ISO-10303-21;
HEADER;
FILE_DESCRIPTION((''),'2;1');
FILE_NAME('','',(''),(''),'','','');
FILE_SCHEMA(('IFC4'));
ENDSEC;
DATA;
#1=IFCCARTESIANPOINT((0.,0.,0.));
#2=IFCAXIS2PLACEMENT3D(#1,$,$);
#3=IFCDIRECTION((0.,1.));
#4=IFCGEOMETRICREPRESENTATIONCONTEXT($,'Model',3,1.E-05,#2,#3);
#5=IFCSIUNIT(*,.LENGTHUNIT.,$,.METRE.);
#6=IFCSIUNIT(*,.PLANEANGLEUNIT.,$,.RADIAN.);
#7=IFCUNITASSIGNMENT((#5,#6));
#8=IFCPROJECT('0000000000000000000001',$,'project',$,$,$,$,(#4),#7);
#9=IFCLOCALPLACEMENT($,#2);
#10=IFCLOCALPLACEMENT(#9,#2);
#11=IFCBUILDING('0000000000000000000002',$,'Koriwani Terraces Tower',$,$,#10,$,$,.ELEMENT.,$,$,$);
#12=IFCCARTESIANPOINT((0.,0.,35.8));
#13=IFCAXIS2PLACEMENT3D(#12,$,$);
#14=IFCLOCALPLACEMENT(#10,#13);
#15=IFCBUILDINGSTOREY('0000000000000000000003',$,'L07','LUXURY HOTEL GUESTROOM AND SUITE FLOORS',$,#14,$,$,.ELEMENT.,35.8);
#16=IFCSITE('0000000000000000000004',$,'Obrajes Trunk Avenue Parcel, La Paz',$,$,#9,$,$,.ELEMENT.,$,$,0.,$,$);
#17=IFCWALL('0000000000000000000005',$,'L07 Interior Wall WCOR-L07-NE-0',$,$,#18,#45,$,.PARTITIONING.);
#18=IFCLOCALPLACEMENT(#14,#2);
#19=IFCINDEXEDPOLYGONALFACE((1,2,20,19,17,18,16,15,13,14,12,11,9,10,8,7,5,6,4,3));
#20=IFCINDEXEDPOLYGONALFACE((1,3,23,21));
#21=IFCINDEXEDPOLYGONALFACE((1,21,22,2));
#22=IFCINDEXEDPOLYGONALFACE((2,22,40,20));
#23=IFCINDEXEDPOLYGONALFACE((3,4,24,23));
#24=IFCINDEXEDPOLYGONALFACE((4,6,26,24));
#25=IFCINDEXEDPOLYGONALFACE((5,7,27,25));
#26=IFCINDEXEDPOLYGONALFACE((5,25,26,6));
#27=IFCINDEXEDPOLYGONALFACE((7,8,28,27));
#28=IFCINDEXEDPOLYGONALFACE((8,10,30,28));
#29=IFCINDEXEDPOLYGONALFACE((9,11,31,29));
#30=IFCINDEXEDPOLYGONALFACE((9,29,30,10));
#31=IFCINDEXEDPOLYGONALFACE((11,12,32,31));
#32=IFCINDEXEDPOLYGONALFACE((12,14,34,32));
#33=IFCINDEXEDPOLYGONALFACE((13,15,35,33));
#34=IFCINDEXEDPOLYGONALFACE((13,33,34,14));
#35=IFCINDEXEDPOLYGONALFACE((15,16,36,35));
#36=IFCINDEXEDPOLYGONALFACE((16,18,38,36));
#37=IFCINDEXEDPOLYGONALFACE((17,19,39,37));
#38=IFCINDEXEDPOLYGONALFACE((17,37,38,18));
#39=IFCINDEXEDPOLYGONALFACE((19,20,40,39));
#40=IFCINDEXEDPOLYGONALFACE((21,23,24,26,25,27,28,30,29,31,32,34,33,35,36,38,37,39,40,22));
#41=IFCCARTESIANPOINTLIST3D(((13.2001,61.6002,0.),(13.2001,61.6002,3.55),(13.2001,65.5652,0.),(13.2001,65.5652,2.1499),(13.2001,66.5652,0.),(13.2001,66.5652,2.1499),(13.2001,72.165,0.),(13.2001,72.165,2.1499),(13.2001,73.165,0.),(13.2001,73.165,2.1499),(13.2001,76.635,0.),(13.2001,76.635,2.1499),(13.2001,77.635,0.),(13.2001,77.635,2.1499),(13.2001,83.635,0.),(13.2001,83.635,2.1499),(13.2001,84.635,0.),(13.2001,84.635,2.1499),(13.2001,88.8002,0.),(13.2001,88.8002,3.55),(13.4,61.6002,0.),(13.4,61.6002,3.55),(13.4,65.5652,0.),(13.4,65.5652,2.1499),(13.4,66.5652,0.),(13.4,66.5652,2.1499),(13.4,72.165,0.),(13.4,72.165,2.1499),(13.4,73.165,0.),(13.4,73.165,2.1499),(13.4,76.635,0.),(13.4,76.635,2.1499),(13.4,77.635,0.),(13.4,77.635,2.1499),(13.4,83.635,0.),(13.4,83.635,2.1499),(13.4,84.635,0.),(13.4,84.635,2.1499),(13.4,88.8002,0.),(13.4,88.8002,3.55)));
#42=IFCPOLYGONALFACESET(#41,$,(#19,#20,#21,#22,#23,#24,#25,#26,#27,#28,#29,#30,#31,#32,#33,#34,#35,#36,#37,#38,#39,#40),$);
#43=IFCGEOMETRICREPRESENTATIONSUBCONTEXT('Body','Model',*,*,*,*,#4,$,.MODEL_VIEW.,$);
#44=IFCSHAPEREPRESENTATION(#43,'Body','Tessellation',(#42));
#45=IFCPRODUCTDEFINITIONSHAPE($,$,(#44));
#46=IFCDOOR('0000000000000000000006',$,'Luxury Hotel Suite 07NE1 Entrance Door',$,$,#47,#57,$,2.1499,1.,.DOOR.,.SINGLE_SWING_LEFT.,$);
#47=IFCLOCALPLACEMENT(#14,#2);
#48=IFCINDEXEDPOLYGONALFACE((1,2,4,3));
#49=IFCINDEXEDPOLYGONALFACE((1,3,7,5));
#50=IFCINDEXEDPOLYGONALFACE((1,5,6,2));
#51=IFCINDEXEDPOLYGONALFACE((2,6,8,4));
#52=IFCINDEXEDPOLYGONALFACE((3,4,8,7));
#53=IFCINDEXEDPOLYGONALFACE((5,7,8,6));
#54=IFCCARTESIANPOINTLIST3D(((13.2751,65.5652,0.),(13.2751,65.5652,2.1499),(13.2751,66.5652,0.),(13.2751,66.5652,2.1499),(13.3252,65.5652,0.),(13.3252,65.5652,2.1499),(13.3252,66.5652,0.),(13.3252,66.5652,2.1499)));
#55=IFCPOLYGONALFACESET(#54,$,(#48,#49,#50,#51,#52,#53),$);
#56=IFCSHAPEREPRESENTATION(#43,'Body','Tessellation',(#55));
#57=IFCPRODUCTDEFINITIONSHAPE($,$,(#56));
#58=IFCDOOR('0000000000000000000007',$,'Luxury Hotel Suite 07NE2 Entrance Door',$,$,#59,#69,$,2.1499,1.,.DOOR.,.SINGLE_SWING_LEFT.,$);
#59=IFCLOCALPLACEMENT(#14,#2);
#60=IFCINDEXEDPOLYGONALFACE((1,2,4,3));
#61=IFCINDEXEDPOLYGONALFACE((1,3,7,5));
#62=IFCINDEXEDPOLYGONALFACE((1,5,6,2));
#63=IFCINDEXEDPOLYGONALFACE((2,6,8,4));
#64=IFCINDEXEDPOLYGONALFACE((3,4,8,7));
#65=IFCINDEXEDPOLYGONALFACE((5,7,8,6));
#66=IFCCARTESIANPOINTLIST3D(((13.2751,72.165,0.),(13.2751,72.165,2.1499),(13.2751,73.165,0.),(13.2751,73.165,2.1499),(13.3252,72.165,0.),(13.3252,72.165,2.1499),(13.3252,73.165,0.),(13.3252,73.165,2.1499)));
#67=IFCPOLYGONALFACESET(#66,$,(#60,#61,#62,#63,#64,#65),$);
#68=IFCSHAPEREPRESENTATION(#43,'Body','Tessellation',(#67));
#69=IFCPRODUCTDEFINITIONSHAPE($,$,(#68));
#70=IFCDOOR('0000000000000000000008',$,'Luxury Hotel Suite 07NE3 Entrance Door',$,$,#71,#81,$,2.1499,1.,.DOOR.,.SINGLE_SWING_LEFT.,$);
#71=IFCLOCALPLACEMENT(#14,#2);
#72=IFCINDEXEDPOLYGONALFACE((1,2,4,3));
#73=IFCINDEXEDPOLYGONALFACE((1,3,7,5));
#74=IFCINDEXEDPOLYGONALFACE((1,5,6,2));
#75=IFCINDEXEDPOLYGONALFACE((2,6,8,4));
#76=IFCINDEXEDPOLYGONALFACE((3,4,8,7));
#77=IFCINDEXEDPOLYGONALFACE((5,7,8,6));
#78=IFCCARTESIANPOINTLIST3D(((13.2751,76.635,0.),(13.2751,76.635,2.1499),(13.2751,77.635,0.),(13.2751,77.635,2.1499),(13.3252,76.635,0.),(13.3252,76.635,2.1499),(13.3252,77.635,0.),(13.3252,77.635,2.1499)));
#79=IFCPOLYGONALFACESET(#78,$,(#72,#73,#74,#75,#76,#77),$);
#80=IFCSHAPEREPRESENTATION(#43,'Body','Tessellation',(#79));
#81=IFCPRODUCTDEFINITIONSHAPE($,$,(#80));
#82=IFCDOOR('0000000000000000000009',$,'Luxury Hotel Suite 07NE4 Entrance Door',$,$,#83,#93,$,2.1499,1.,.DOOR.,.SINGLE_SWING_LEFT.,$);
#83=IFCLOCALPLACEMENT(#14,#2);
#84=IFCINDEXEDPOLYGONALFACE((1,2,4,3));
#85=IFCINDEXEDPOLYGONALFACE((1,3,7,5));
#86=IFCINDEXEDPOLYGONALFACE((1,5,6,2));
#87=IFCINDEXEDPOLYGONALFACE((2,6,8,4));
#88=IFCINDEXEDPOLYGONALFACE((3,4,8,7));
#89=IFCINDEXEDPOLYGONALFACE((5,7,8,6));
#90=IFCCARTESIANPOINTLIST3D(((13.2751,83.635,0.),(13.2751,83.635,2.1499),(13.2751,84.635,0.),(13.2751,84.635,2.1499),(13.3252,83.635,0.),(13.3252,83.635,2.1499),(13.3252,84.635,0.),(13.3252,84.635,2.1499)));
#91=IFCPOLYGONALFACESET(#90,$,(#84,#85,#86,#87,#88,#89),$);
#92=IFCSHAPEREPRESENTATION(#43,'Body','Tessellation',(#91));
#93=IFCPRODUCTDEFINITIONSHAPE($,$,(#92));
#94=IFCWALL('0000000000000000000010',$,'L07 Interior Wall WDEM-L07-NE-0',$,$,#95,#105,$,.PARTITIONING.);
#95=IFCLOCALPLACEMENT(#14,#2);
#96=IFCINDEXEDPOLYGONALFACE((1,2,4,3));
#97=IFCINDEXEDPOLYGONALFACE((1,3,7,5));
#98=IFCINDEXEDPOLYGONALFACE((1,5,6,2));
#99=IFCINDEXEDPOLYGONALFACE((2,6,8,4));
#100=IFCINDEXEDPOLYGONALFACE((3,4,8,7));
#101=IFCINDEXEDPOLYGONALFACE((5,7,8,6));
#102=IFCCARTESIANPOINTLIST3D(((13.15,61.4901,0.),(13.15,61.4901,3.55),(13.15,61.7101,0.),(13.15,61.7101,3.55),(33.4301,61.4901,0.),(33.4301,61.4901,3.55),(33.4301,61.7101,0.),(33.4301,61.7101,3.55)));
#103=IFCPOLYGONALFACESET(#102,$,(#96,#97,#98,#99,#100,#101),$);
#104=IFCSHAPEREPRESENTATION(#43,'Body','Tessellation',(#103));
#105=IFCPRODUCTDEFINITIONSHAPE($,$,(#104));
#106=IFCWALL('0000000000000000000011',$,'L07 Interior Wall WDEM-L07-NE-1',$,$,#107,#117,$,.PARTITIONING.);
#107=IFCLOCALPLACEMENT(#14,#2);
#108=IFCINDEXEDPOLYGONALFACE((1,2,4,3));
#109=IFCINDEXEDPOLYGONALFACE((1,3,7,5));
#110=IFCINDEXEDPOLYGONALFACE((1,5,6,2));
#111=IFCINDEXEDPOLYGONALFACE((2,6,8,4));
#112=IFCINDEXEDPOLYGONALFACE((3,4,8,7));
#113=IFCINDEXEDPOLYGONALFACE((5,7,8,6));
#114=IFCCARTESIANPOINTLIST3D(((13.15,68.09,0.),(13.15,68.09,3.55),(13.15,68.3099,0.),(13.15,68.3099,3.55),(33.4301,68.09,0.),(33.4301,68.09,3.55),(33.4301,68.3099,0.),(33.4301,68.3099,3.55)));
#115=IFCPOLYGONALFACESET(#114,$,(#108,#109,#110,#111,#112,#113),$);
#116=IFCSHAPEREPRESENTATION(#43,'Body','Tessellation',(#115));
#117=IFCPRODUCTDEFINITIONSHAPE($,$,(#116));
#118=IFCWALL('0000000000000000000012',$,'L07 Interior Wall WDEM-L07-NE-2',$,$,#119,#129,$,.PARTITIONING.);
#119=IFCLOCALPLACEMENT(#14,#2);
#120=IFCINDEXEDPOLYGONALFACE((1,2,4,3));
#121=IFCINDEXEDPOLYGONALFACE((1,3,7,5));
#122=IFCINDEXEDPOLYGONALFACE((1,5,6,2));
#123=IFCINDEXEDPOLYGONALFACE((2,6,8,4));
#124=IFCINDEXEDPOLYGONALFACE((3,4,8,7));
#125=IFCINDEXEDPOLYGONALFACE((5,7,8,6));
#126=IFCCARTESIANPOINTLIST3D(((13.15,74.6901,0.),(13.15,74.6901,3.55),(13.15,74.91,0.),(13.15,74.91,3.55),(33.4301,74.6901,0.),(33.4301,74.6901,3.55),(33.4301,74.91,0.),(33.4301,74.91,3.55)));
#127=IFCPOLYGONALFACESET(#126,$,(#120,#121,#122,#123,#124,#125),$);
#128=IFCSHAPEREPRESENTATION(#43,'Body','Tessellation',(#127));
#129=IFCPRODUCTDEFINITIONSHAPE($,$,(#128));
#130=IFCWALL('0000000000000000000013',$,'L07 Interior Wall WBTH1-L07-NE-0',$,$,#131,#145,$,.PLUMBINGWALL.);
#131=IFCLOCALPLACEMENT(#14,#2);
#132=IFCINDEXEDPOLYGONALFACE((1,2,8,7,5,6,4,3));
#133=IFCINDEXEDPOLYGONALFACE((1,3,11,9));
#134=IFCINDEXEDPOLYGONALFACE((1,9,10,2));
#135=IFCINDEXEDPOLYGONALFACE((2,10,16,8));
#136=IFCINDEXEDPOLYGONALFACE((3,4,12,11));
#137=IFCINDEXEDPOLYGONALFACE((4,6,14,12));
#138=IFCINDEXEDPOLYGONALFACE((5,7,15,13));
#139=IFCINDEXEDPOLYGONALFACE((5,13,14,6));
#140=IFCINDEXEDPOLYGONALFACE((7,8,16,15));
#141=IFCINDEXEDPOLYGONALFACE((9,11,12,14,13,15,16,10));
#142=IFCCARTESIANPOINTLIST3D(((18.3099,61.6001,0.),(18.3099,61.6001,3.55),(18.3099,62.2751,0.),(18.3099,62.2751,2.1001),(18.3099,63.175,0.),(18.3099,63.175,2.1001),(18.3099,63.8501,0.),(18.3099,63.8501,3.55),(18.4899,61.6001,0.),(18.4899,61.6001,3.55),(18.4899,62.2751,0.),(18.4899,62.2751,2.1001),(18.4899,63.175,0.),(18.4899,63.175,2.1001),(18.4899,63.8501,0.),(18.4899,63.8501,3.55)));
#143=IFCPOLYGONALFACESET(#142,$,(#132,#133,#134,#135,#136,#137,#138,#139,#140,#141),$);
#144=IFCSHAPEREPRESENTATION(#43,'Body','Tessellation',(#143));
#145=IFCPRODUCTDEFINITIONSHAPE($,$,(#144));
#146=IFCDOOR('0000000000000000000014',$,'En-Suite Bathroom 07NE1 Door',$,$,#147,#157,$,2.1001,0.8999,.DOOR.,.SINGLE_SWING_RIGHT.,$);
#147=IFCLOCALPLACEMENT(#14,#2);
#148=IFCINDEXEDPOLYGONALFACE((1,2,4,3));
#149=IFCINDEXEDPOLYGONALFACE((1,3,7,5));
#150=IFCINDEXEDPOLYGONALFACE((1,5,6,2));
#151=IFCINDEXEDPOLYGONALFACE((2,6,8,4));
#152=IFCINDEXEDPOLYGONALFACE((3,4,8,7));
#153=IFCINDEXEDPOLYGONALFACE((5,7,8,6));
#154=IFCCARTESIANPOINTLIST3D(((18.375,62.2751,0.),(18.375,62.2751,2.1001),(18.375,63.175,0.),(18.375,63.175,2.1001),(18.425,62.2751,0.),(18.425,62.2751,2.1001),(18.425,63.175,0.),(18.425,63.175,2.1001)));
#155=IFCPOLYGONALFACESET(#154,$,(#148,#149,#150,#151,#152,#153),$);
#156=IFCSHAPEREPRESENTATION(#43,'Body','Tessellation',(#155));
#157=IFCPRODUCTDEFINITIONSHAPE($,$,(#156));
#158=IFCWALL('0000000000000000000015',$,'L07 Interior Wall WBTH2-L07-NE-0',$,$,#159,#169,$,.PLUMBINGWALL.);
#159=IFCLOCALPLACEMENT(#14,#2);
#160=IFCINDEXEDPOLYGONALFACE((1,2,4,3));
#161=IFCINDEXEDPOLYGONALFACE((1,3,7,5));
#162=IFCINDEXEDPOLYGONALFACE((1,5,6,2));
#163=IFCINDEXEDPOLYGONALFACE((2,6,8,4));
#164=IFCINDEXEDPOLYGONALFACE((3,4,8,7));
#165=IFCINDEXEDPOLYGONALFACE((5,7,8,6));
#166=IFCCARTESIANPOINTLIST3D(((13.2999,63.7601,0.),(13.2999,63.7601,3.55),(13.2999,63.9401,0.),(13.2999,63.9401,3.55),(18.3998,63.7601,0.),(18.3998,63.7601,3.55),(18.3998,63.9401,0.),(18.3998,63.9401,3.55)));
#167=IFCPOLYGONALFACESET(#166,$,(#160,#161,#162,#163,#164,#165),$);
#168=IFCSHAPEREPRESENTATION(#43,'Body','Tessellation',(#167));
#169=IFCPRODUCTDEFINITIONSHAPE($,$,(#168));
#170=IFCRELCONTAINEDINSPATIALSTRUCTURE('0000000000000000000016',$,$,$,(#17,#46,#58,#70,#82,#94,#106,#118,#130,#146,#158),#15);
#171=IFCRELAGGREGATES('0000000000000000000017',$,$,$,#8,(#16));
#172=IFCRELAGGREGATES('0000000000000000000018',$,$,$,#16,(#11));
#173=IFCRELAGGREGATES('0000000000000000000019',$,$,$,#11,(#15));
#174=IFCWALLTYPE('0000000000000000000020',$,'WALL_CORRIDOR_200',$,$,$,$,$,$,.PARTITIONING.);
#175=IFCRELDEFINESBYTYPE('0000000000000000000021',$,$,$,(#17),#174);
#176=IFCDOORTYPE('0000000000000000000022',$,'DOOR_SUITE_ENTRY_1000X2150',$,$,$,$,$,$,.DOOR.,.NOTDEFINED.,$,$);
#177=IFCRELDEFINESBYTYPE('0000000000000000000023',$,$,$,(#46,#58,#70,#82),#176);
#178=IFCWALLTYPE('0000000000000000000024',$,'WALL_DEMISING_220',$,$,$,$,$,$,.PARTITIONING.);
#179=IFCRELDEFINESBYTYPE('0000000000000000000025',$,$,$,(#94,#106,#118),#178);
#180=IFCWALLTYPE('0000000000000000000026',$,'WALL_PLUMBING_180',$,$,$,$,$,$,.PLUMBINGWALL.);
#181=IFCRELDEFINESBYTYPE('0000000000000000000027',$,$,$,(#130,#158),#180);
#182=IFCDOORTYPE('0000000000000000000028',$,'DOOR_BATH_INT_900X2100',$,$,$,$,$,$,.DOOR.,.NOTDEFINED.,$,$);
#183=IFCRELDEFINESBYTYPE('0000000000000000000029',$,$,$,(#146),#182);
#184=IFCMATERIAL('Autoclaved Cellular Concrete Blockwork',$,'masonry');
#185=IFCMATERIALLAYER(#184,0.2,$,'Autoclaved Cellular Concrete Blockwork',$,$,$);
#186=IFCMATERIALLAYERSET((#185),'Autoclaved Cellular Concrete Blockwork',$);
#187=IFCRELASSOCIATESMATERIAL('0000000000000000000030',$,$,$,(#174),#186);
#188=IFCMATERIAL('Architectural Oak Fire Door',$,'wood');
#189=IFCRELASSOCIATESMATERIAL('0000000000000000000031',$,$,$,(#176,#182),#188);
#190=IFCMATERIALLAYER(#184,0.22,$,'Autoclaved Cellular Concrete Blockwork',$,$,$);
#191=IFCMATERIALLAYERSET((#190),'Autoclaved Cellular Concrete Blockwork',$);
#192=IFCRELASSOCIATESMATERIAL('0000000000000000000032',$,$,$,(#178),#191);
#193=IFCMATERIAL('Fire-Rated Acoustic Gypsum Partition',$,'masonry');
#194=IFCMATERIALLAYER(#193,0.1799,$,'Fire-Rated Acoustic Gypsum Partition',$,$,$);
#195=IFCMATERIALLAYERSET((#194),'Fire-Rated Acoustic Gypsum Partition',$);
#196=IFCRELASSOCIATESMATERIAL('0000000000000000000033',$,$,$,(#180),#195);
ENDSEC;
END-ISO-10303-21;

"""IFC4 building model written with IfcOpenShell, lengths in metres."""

from ifc_helpers import new_model, si_unit, direction, frame, frame_2d, origin, place, context, subcontext, project, spatial, rectangle, extrude, material, layer, layer_set, type_object, element, fill, save


model = new_model("IFC4")

# Units and contexts
model_context = context("Model", 3, precision=1e-05, world=origin(), true_north=direction((0.0, 1.0)))
body_context = subcontext(model_context, "Body", "Model", "MODEL_VIEW")
ifc_project = project(units=[si_unit("LENGTHUNIT", "METRE"), si_unit("PLANEANGLEUNIT", "RADIAN")], contexts=[model_context])

# Site, building, storey
site_placement = place(None, origin())
site = spatial("IfcSite", under=ifc_project, at=site_placement, Name="Obrajes Trunk Avenue Parcel, La Paz", CompositionType="ELEMENT", RefElevation=0.0)
building_placement = place(site_placement, origin())
building = spatial("IfcBuilding", under=site, at=building_placement, Name="Koriwani Terraces Tower", CompositionType="ELEMENT")
storey_placement = place(building_placement, frame((0.0, 0.0, 35.8)))
storey = spatial("IfcBuildingStorey", under=building, at=storey_placement, Name="L07", Description="LUXURY HOTEL GUESTROOM AND SUITE FLOORS", CompositionType="ELEMENT", Elevation=35.8)

# Wall, openings, doors
ifc_material_1 = material(Name="Autoclaved Cellular Concrete Blockwork", Category="masonry")
ifc_layer_1 = layer(ifc_material_1, 0.2, Name="Autoclaved Cellular Concrete Blockwork")
ifc_layer_set_1 = layer_set([ifc_layer_1], Name="Autoclaved Cellular Concrete Blockwork")
wall_type_1 = type_object("IfcWallType", Name="WALL_CORRIDOR_200", PredefinedType="PARTITIONING", material=ifc_layer_set_1)
wall_1_placement = place(storey_placement, frame((13.3, 61.6001, 0.0), z_axis=(0.0, 0.0, 1.0), x_axis=(0.0, 1.0, 0.0)))
wall_1 = element("IfcWall", 1, at=wall_1_placement, inside=storey, type_object=wall_type_1, Name="L07 Interior Wall WCOR-L07-NE-0", PredefinedType="PARTITIONING", context=body_context, shape_type="SweptSolid", body=[
    extrude(rectangle(XDim=27.2, YDim=0.2, at=frame_2d((13.6001, 0.0))), origin(), (0.0, 0.0, 1.0), 3.55),
])
opening_1_placement = place(wall_1_placement, frame((3.9651, 0.0, 0.0)))
opening_1 = element("IfcOpeningElement", 2, at=opening_1_placement, cuts=wall_1, PredefinedType="OPENING", context=body_context, shape_type="SweptSolid", body=[
    extrude(rectangle(XDim=1.0, YDim=2.1499, at=frame_2d((0.5, 1.075))), frame((0.0, 0.1099, 0.0), z_axis=(0.0, -1.0, 0.0), x_axis=(1.0, 0.0, 0.0)), (0.0, 0.0, 1.0), 0.22),
])
opening_2_placement = place(wall_1_placement, frame((10.5649, 0.0, 0.0)))
opening_2 = element("IfcOpeningElement", 3, at=opening_2_placement, cuts=wall_1, PredefinedType="OPENING", context=body_context, shape_type="SweptSolid", body=[
    extrude(rectangle(XDim=1.0, YDim=2.1499, at=frame_2d((0.5, 1.075))), frame((0.0, 0.1099, 0.0), z_axis=(0.0, -1.0, 0.0), x_axis=(1.0, 0.0, 0.0)), (0.0, 0.0, 1.0), 0.22),
])
opening_3_placement = place(wall_1_placement, frame((15.0349, 0.0, 0.0)))
opening_3 = element("IfcOpeningElement", 4, at=opening_3_placement, cuts=wall_1, PredefinedType="OPENING", context=body_context, shape_type="SweptSolid", body=[
    extrude(rectangle(XDim=1.0, YDim=2.1499, at=frame_2d((0.5, 1.075))), frame((0.0, 0.1099, 0.0), z_axis=(0.0, -1.0, 0.0), x_axis=(1.0, 0.0, 0.0)), (0.0, 0.0, 1.0), 0.22),
])
opening_4_placement = place(wall_1_placement, frame((22.0349, 0.0, 0.0)))
opening_4 = element("IfcOpeningElement", 5, at=opening_4_placement, cuts=wall_1, PredefinedType="OPENING", context=body_context, shape_type="SweptSolid", body=[
    extrude(rectangle(XDim=1.0, YDim=2.1499, at=frame_2d((0.5, 1.075))), frame((0.0, 0.1099, 0.0), z_axis=(0.0, -1.0, 0.0), x_axis=(1.0, 0.0, 0.0)), (0.0, 0.0, 1.0), 0.22),
])
ifc_material_2 = material(Name="Architectural Oak Fire Door", Category="wood")
door_type_1 = type_object("IfcDoorType", Name="DOOR_SUITE_ENTRY_1000X2150", OperationType="NOTDEFINED", PredefinedType="DOOR", material=ifc_material_2)
door_1_placement = place(opening_1_placement, origin())
door_1 = element("IfcDoor", 6, at=door_1_placement, inside=storey, type_object=door_type_1, Name="Luxury Hotel Suite 07NE1 Entrance Door", OperationType="SINGLE_SWING_LEFT", OverallHeight=2.1499, OverallWidth=1.0, PredefinedType="DOOR", context=body_context, shape_type="SweptSolid", body=[
    extrude(rectangle(XDim=1.0, YDim=2.1499, at=frame_2d((0.5, 1.075))), frame((0.0, 0.0249, 0.0), z_axis=(0.0, -1.0, 0.0), x_axis=(1.0, 0.0, 0.0)), (0.0, 0.0, 1.0), 0.05),
])
fill(opening_1, door_1)
door_2_placement = place(opening_2_placement, origin())
door_2 = element("IfcDoor", 7, at=door_2_placement, inside=storey, type_object=door_type_1, Name="Luxury Hotel Suite 07NE2 Entrance Door", OperationType="SINGLE_SWING_LEFT", OverallHeight=2.1499, OverallWidth=1.0, PredefinedType="DOOR", context=body_context, shape_type="SweptSolid", body=[
    extrude(rectangle(XDim=1.0, YDim=2.1499, at=frame_2d((0.5, 1.075))), frame((0.0, 0.0249, 0.0), z_axis=(0.0, -1.0, 0.0), x_axis=(1.0, 0.0, 0.0)), (0.0, 0.0, 1.0), 0.05),
])
fill(opening_2, door_2)
door_3_placement = place(opening_3_placement, origin())
door_3 = element("IfcDoor", 8, at=door_3_placement, inside=storey, type_object=door_type_1, Name="Luxury Hotel Suite 07NE3 Entrance Door", OperationType="SINGLE_SWING_LEFT", OverallHeight=2.1499, OverallWidth=1.0, PredefinedType="DOOR", context=body_context, shape_type="SweptSolid", body=[
    extrude(rectangle(XDim=1.0, YDim=2.1499, at=frame_2d((0.5, 1.075))), frame((0.0, 0.0249, 0.0), z_axis=(0.0, -1.0, 0.0), x_axis=(1.0, 0.0, 0.0)), (0.0, 0.0, 1.0), 0.05),
])
fill(opening_3, door_3)
door_4_placement = place(opening_4_placement, origin())
door_4 = element("IfcDoor", 9, at=door_4_placement, inside=storey, type_object=door_type_1, Name="Luxury Hotel Suite 07NE4 Entrance Door", OperationType="SINGLE_SWING_LEFT", OverallHeight=2.1499, OverallWidth=1.0, PredefinedType="DOOR", context=body_context, shape_type="SweptSolid", body=[
    extrude(rectangle(XDim=1.0, YDim=2.1499, at=frame_2d((0.5, 1.075))), frame((0.0, 0.0249, 0.0), z_axis=(0.0, -1.0, 0.0), x_axis=(1.0, 0.0, 0.0)), (0.0, 0.0, 1.0), 0.05),
])
fill(opening_4, door_4)

# Walls
ifc_layer_2 = layer(ifc_material_1, 0.22, Name="Autoclaved Cellular Concrete Blockwork")
ifc_layer_set_2 = layer_set([ifc_layer_2], Name="Autoclaved Cellular Concrete Blockwork")
wall_type_2 = type_object("IfcWallType", Name="WALL_DEMISING_220", PredefinedType="PARTITIONING", material=ifc_layer_set_2)
for number, where, z_axis, x_axis, name in (
    (10, (13.1499, 61.6001, 0.0), (0.0, 0.0, 1.0), (1.0, 0.0, 0.0), "L07 Interior Wall WDEM-L07-NE-0"),
    (11, (13.1499, 68.2, 0.0), (0.0, 0.0, 1.0), (1.0, 0.0, 0.0), "L07 Interior Wall WDEM-L07-NE-1"),
    (12, (13.1499, 74.8, 0.0), (0.0, 0.0, 1.0), (1.0, 0.0, 0.0), "L07 Interior Wall WDEM-L07-NE-2"),
):
    element("IfcWall", number, at=place(storey_placement, frame(where, z_axis=z_axis, x_axis=x_axis)), inside=storey, type_object=wall_type_2, Name=name, PredefinedType="PARTITIONING", context=body_context, shape_type="SweptSolid", body=[
        extrude(rectangle(XDim=20.28, YDim=0.22, at=frame_2d((10.1401, 0.0))), origin(), (0.0, 0.0, 1.0), 3.55),
    ])

# Wall, opening, door
ifc_material_3 = material(Name="Fire-Rated Acoustic Gypsum Partition", Category="masonry")
ifc_layer_3 = layer(ifc_material_3, 0.1799, Name="Fire-Rated Acoustic Gypsum Partition")
ifc_layer_set_3 = layer_set([ifc_layer_3], Name="Fire-Rated Acoustic Gypsum Partition")
wall_type_3 = type_object("IfcWallType", Name="WALL_PLUMBING_180", PredefinedType="PLUMBINGWALL", material=ifc_layer_set_3)
wall_2_placement = place(storey_placement, frame((18.3999, 61.6001, 0.0), z_axis=(0.0, 0.0, 1.0), x_axis=(0.0, 1.0, 0.0)))
wall_2 = element("IfcWall", 13, at=wall_2_placement, inside=storey, type_object=wall_type_3, Name="L07 Interior Wall WBTH1-L07-NE-0", PredefinedType="PLUMBINGWALL", context=body_context, shape_type="SweptSolid", body=[
    extrude(rectangle(XDim=2.25, YDim=0.1799, at=frame_2d((1.125, 0.0))), origin(), (0.0, 0.0, 1.0), 3.55),
])
opening_5_placement = place(wall_2_placement, frame((0.675, 0.0, 0.0)))
opening_5 = element("IfcOpeningElement", 14, at=opening_5_placement, cuts=wall_2, PredefinedType="OPENING", context=body_context, shape_type="SweptSolid", body=[
    extrude(rectangle(XDim=0.8999, YDim=2.1001, at=frame_2d((0.45, 1.05))), frame((0.0, 0.1001, 0.0), z_axis=(0.0, -1.0, 0.0), x_axis=(1.0, 0.0, 0.0)), (0.0, 0.0, 1.0), 0.2),
])
door_type_2 = type_object("IfcDoorType", Name="DOOR_BATH_INT_900X2100", OperationType="NOTDEFINED", PredefinedType="DOOR", material=ifc_material_2)
door_5_placement = place(opening_5_placement, origin())
door_5 = element("IfcDoor", 15, at=door_5_placement, inside=storey, type_object=door_type_2, Name="En-Suite Bathroom 07NE1 Door", OperationType="SINGLE_SWING_RIGHT", OverallHeight=2.1001, OverallWidth=0.8999, PredefinedType="DOOR", context=body_context, shape_type="SweptSolid", body=[
    extrude(rectangle(XDim=0.8999, YDim=2.1001, at=frame_2d((0.45, 1.05))), frame((0.0, 0.0249, 0.0), z_axis=(0.0, -1.0, 0.0), x_axis=(1.0, 0.0, 0.0)), (0.0, 0.0, 1.0), 0.05),
])
fill(opening_5, door_5)

# Wall
wall_3_placement = place(storey_placement, frame((13.3, 63.8501, 0.0), z_axis=(0.0, 0.0, 1.0), x_axis=(1.0, 0.0, 0.0)))
element("IfcWall", 16, at=wall_3_placement, inside=storey, type_object=wall_type_3, Name="L07 Interior Wall WBTH2-L07-NE-0", PredefinedType="PLUMBINGWALL", context=body_context, shape_type="SweptSolid", body=[
    extrude(rectangle(XDim=5.0999, YDim=0.1799, at=frame_2d((2.5498, 0.0))), origin(), (0.0, 0.0, 1.0), 3.55),
])

save(model, "model.ifc")
